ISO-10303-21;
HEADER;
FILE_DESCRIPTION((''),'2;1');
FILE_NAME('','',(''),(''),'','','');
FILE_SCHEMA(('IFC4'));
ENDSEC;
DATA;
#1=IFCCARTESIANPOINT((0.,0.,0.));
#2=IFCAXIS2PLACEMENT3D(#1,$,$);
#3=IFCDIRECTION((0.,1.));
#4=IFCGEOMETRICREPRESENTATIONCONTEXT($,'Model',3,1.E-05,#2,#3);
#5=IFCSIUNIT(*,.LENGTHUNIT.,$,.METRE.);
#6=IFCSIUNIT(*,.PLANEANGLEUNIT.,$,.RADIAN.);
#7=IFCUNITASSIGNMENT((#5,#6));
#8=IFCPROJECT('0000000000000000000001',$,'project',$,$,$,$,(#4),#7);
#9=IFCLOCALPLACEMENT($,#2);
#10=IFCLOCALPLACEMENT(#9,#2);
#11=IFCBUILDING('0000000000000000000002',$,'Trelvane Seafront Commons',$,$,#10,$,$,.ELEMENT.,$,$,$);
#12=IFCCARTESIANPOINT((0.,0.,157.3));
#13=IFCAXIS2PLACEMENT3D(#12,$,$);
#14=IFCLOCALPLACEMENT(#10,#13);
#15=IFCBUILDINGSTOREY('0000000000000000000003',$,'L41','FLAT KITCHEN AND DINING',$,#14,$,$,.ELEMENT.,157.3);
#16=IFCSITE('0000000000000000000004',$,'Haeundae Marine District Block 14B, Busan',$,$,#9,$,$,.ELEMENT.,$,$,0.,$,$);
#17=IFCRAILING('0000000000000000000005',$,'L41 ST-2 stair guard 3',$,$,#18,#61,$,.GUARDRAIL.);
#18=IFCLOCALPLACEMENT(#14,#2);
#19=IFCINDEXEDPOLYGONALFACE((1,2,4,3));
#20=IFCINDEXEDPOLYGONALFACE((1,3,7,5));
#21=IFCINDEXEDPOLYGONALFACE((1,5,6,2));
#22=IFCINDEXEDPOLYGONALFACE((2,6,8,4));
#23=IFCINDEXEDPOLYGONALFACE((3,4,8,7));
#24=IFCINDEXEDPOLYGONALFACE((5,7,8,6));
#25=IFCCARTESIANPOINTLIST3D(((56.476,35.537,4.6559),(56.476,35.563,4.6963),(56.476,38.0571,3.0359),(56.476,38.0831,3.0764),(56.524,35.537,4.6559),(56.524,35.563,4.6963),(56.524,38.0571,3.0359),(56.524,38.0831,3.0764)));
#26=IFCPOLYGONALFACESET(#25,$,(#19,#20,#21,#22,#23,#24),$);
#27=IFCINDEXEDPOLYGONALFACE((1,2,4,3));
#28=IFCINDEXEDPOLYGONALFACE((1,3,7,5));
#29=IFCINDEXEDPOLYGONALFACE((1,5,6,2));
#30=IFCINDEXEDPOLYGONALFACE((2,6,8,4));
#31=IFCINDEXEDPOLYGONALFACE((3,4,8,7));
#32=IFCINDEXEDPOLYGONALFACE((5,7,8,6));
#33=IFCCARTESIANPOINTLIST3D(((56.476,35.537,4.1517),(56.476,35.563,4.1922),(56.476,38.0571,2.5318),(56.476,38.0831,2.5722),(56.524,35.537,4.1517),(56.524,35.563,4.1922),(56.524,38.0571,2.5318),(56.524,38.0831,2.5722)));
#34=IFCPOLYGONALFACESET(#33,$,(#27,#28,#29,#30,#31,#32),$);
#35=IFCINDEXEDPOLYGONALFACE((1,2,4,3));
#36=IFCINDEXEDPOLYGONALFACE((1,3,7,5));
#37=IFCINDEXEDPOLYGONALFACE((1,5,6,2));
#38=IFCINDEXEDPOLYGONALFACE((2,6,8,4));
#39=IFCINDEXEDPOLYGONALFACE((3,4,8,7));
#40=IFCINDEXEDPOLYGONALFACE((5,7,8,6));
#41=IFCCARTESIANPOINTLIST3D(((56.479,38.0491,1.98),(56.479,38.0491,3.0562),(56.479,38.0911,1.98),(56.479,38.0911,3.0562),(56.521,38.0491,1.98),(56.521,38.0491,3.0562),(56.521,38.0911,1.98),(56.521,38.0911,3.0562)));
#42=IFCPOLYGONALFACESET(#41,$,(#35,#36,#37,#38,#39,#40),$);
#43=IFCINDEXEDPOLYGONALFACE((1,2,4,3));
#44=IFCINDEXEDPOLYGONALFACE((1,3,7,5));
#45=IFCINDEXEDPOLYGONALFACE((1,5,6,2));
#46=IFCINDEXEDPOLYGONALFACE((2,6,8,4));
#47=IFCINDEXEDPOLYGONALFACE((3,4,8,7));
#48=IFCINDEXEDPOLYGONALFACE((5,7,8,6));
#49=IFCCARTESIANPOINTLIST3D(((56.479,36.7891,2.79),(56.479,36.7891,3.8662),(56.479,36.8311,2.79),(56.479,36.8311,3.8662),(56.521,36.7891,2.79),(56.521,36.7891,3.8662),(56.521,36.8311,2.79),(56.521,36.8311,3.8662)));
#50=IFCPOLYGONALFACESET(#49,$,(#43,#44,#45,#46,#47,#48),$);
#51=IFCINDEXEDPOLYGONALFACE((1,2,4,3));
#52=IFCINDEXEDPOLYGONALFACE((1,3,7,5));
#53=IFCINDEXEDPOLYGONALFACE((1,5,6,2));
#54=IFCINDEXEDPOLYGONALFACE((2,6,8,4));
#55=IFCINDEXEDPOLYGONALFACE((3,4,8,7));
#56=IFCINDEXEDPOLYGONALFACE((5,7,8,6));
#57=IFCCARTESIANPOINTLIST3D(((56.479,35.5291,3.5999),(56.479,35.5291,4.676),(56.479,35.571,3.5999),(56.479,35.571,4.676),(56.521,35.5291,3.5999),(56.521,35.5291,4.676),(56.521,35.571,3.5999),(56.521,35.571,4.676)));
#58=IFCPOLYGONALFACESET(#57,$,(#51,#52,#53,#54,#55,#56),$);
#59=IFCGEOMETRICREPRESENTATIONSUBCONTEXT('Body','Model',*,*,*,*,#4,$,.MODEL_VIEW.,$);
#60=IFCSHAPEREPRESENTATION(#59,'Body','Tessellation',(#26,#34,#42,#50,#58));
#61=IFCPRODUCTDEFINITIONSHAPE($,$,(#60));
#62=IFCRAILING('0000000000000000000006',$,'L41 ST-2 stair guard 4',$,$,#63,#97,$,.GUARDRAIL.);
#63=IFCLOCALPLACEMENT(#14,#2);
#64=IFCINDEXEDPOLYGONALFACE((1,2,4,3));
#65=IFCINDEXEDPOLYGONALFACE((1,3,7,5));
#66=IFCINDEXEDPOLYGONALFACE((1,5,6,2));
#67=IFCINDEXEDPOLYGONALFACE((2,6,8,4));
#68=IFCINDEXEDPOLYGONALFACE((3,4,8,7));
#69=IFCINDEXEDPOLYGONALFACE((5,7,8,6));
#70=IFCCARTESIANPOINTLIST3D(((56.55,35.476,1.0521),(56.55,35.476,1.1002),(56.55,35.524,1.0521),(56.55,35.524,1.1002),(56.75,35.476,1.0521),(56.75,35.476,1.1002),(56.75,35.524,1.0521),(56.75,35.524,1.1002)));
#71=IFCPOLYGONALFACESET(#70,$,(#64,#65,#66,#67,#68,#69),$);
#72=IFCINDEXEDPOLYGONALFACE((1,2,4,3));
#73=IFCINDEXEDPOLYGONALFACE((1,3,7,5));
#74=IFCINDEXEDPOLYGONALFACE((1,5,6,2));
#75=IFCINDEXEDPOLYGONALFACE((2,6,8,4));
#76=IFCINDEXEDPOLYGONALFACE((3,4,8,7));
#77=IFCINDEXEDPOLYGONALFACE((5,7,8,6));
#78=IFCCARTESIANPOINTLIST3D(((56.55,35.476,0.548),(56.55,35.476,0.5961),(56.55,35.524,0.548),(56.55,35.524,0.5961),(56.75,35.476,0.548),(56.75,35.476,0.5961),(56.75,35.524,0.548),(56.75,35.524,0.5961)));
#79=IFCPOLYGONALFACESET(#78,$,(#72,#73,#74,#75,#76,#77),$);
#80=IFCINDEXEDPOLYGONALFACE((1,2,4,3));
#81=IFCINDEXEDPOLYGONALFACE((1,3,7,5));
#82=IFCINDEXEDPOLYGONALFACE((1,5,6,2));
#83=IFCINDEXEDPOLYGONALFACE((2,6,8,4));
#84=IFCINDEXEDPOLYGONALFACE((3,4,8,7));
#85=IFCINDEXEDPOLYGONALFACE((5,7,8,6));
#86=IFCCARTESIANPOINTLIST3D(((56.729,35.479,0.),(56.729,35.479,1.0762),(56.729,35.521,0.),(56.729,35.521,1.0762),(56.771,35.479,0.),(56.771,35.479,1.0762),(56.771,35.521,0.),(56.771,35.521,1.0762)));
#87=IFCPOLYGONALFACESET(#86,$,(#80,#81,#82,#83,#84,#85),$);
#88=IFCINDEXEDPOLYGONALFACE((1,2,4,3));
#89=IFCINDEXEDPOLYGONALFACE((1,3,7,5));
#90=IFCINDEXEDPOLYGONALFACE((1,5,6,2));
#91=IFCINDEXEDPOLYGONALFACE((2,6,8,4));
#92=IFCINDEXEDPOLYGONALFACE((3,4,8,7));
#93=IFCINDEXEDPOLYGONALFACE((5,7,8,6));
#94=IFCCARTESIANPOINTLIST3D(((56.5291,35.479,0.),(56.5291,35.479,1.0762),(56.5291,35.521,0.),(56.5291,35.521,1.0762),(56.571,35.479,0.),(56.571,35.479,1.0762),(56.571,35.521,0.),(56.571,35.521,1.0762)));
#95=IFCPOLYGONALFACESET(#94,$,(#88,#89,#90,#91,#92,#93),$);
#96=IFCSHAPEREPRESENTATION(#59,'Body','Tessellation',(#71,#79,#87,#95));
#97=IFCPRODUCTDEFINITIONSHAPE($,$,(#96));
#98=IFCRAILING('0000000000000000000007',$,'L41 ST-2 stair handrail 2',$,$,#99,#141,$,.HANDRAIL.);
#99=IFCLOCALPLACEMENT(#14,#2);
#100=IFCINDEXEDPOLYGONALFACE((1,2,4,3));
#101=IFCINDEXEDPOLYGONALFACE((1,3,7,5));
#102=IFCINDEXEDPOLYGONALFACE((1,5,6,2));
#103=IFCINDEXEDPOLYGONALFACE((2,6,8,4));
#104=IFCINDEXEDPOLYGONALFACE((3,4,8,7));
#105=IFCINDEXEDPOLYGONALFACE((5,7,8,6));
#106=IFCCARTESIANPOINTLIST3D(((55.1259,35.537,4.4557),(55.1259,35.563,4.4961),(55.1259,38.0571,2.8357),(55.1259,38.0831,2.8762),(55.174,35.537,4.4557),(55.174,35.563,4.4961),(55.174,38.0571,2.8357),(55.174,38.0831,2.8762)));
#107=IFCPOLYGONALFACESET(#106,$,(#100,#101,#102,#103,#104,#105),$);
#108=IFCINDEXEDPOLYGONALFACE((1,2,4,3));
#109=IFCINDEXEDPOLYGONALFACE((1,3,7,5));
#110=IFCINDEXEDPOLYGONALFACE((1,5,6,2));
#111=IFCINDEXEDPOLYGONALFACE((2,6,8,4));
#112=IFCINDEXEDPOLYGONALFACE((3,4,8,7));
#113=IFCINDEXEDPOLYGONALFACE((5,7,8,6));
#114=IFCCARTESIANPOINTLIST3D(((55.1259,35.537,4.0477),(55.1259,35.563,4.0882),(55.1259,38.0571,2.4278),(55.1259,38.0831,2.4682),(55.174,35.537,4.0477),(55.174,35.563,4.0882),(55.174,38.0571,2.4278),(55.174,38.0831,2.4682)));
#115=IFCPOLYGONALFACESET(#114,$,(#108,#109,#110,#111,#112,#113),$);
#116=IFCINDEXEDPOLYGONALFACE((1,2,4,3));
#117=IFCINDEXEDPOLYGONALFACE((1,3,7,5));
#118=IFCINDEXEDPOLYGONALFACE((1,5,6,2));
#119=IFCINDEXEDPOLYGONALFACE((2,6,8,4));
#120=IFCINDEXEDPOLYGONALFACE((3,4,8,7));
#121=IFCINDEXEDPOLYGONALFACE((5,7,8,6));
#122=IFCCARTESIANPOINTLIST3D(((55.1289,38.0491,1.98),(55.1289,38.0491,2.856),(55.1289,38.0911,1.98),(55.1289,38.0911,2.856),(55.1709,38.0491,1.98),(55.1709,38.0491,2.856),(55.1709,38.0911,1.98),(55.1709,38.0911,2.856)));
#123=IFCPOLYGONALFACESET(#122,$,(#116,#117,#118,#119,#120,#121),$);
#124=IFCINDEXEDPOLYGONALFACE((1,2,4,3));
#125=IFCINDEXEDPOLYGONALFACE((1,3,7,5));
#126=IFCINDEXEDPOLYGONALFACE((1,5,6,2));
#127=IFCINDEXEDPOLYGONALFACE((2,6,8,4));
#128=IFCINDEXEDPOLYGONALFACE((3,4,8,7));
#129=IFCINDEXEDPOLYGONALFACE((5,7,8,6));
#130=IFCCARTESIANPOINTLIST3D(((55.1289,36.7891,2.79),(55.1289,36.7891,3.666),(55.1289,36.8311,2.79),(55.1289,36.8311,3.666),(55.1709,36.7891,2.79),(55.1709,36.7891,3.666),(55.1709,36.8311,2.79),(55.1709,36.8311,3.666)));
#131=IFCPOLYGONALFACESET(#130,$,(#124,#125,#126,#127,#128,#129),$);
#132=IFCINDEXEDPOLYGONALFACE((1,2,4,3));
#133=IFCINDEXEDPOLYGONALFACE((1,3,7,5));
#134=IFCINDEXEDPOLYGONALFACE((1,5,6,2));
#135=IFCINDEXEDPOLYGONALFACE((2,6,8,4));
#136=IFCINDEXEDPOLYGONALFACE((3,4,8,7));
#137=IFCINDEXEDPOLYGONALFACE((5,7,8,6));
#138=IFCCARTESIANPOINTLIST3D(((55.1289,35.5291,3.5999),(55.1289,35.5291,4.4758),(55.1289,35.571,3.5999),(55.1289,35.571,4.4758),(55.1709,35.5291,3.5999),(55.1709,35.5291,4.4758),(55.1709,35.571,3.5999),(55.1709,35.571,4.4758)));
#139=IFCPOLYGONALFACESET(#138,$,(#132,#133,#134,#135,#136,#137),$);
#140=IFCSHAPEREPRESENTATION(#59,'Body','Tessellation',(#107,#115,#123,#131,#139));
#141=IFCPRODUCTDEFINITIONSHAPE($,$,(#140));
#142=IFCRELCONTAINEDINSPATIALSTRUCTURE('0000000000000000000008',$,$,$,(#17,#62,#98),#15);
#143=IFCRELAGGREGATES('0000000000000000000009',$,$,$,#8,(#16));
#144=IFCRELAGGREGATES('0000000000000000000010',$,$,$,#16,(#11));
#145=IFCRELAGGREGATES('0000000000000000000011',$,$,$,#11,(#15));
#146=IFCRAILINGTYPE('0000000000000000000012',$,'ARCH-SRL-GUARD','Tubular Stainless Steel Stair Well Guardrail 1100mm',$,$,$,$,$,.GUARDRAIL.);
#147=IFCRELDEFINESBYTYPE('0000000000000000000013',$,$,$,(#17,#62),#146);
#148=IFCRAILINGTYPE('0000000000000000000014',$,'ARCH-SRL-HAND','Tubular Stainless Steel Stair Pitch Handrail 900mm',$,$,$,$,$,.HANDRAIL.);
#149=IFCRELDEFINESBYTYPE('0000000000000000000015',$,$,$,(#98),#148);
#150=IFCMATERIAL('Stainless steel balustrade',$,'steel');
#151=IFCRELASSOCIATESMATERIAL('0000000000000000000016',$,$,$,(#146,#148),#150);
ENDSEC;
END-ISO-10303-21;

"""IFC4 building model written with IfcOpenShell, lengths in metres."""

from ifc_helpers import new_model, si_unit, direction, frame, origin, origin_2d, place, context, subcontext, project, spatial, rectangle, extrude, material, type_object, element, save


model = new_model("IFC4")

# Units and contexts
model_context = context("Model", 3, precision=1e-05, world=origin(), true_north=direction((0.0, 1.0)))
body_context = subcontext(model_context, "Body", "Model", "MODEL_VIEW")
ifc_project = project(units=[si_unit("LENGTHUNIT", "METRE"), si_unit("PLANEANGLEUNIT", "RADIAN")], contexts=[model_context])

# Site, building, storey
site_placement = place(None, origin())
site = spatial("IfcSite", under=ifc_project, at=site_placement, Name="Haeundae Marine District Block 14B, Busan", CompositionType="ELEMENT", RefElevation=0.0)
building_placement = place(site_placement, origin())
building = spatial("IfcBuilding", under=site, at=building_placement, Name="Trelvane Seafront Commons", CompositionType="ELEMENT")
storey_placement = place(building_placement, frame((0.0, 0.0, 157.3)))
storey = spatial("IfcBuildingStorey", under=building, at=storey_placement, Name="L41", Description="FLAT KITCHEN AND DINING", CompositionType="ELEMENT", Elevation=157.3)

# Railings
ifc_material_1 = material(Name="Stainless steel balustrade", Category="steel")
railing_type_1 = type_object("IfcRailingType", Name="ARCH-SRL-GUARD", Description="Tubular Stainless Steel Stair Well Guardrail 1100mm", PredefinedType="GUARDRAIL", material=ifc_material_1)
railing_1_placement = place(storey_placement, frame((56.5, 38.0701, 1.98)))
element("IfcRailing", 1, at=railing_1_placement, inside=storey, type_object=railing_type_1, Name="L41 ST-2 stair guard 3", PredefinedType="GUARDRAIL", context=body_context, shape_type="SweptSolid", body=[
    extrude(rectangle(XDim=0.0481, YDim=0.0481, at=origin_2d()), frame((0.0, 0.0, 1.0762), z_axis=(0.0, -0.8412, 0.540725), x_axis=(1.0, 0.0, 0.0)), (0.0, 0.0, 1.0), 2.9958),
    extrude(rectangle(XDim=0.0481, YDim=0.0481, at=origin_2d()), frame((0.0, 0.0, 0.572), z_axis=(0.0, -0.8412, 0.540725), x_axis=(1.0, 0.0, 0.0)), (0.0, 0.0, 1.0), 2.9958),
    extrude(rectangle(XDim=0.042, YDim=0.042, at=origin_2d()), origin(), (0.0, 0.0, 1.0), 1.0762),
    extrude(rectangle(XDim=0.042, YDim=0.042, at=origin_2d()), frame((0.0, -1.26, 0.8101)), (0.0, 0.0, 1.0), 1.0762),
    extrude(rectangle(XDim=0.042, YDim=0.042, at=origin_2d()), frame((0.0, -2.52, 1.6199)), (0.0, 0.0, 1.0), 1.0762),
])
railing_2_placement = place(storey_placement, frame((56.75, 35.5, 0.0)))
element("IfcRailing", 2, at=railing_2_placement, inside=storey, type_object=railing_type_1, Name="L41 ST-2 stair guard 4", PredefinedType="GUARDRAIL", context=body_context, shape_type="SweptSolid", body=[
    extrude(rectangle(XDim=0.0481, YDim=0.0481, at=origin_2d()), frame((0.0, 0.0, 1.0762), z_axis=(-1.0, 0.0, 0.0), x_axis=(0.0, -1.0, 0.0)), (0.0, 0.0, 1.0), 0.2),
    extrude(rectangle(XDim=0.0481, YDim=0.0481, at=origin_2d()), frame((0.0, 0.0, 0.572), z_axis=(-1.0, 0.0, 0.0), x_axis=(0.0, -1.0, 0.0)), (0.0, 0.0, 1.0), 0.2),
    extrude(rectangle(XDim=0.042, YDim=0.042, at=origin_2d()), origin(), (0.0, 0.0, 1.0), 1.0762),
    extrude(rectangle(XDim=0.042, YDim=0.042, at=origin_2d()), frame((-0.2, 0.0, 0.0)), (0.0, 0.0, 1.0), 1.0762),
])
railing_type_2 = type_object("IfcRailingType", Name="ARCH-SRL-HAND", Description="Tubular Stainless Steel Stair Pitch Handrail 900mm", PredefinedType="HANDRAIL", material=ifc_material_1)
railing_3_placement = place(storey_placement, frame((55.1499, 38.0701, 1.98)))
element("IfcRailing", 3, at=railing_3_placement, inside=storey, type_object=railing_type_2, Name="L41 ST-2 stair handrail 2", PredefinedType="HANDRAIL", context=body_context, shape_type="SweptSolid", body=[
    extrude(rectangle(XDim=0.0481, YDim=0.0481, at=origin_2d()), frame((0.0, 0.0, 0.876), z_axis=(0.0, -0.8412, 0.540725), x_axis=(1.0, 0.0, 0.0)), (0.0, 0.0, 1.0), 2.9958),
    extrude(rectangle(XDim=0.0481, YDim=0.0481, at=origin_2d()), frame((0.0, 0.0, 0.468), z_axis=(0.0, -0.8412, 0.540725), x_axis=(1.0, 0.0, 0.0)), (0.0, 0.0, 1.0), 2.9958),
    extrude(rectangle(XDim=0.042, YDim=0.042, at=origin_2d()), origin(), (0.0, 0.0, 1.0), 0.876),
    extrude(rectangle(XDim=0.042, YDim=0.042, at=origin_2d()), frame((0.0, -1.26, 0.8101)), (0.0, 0.0, 1.0), 0.876),
    extrude(rectangle(XDim=0.042, YDim=0.042, at=origin_2d()), frame((0.0, -2.52, 1.6199)), (0.0, 0.0, 1.0), 0.876),
])

save(model, "model.ifc")
